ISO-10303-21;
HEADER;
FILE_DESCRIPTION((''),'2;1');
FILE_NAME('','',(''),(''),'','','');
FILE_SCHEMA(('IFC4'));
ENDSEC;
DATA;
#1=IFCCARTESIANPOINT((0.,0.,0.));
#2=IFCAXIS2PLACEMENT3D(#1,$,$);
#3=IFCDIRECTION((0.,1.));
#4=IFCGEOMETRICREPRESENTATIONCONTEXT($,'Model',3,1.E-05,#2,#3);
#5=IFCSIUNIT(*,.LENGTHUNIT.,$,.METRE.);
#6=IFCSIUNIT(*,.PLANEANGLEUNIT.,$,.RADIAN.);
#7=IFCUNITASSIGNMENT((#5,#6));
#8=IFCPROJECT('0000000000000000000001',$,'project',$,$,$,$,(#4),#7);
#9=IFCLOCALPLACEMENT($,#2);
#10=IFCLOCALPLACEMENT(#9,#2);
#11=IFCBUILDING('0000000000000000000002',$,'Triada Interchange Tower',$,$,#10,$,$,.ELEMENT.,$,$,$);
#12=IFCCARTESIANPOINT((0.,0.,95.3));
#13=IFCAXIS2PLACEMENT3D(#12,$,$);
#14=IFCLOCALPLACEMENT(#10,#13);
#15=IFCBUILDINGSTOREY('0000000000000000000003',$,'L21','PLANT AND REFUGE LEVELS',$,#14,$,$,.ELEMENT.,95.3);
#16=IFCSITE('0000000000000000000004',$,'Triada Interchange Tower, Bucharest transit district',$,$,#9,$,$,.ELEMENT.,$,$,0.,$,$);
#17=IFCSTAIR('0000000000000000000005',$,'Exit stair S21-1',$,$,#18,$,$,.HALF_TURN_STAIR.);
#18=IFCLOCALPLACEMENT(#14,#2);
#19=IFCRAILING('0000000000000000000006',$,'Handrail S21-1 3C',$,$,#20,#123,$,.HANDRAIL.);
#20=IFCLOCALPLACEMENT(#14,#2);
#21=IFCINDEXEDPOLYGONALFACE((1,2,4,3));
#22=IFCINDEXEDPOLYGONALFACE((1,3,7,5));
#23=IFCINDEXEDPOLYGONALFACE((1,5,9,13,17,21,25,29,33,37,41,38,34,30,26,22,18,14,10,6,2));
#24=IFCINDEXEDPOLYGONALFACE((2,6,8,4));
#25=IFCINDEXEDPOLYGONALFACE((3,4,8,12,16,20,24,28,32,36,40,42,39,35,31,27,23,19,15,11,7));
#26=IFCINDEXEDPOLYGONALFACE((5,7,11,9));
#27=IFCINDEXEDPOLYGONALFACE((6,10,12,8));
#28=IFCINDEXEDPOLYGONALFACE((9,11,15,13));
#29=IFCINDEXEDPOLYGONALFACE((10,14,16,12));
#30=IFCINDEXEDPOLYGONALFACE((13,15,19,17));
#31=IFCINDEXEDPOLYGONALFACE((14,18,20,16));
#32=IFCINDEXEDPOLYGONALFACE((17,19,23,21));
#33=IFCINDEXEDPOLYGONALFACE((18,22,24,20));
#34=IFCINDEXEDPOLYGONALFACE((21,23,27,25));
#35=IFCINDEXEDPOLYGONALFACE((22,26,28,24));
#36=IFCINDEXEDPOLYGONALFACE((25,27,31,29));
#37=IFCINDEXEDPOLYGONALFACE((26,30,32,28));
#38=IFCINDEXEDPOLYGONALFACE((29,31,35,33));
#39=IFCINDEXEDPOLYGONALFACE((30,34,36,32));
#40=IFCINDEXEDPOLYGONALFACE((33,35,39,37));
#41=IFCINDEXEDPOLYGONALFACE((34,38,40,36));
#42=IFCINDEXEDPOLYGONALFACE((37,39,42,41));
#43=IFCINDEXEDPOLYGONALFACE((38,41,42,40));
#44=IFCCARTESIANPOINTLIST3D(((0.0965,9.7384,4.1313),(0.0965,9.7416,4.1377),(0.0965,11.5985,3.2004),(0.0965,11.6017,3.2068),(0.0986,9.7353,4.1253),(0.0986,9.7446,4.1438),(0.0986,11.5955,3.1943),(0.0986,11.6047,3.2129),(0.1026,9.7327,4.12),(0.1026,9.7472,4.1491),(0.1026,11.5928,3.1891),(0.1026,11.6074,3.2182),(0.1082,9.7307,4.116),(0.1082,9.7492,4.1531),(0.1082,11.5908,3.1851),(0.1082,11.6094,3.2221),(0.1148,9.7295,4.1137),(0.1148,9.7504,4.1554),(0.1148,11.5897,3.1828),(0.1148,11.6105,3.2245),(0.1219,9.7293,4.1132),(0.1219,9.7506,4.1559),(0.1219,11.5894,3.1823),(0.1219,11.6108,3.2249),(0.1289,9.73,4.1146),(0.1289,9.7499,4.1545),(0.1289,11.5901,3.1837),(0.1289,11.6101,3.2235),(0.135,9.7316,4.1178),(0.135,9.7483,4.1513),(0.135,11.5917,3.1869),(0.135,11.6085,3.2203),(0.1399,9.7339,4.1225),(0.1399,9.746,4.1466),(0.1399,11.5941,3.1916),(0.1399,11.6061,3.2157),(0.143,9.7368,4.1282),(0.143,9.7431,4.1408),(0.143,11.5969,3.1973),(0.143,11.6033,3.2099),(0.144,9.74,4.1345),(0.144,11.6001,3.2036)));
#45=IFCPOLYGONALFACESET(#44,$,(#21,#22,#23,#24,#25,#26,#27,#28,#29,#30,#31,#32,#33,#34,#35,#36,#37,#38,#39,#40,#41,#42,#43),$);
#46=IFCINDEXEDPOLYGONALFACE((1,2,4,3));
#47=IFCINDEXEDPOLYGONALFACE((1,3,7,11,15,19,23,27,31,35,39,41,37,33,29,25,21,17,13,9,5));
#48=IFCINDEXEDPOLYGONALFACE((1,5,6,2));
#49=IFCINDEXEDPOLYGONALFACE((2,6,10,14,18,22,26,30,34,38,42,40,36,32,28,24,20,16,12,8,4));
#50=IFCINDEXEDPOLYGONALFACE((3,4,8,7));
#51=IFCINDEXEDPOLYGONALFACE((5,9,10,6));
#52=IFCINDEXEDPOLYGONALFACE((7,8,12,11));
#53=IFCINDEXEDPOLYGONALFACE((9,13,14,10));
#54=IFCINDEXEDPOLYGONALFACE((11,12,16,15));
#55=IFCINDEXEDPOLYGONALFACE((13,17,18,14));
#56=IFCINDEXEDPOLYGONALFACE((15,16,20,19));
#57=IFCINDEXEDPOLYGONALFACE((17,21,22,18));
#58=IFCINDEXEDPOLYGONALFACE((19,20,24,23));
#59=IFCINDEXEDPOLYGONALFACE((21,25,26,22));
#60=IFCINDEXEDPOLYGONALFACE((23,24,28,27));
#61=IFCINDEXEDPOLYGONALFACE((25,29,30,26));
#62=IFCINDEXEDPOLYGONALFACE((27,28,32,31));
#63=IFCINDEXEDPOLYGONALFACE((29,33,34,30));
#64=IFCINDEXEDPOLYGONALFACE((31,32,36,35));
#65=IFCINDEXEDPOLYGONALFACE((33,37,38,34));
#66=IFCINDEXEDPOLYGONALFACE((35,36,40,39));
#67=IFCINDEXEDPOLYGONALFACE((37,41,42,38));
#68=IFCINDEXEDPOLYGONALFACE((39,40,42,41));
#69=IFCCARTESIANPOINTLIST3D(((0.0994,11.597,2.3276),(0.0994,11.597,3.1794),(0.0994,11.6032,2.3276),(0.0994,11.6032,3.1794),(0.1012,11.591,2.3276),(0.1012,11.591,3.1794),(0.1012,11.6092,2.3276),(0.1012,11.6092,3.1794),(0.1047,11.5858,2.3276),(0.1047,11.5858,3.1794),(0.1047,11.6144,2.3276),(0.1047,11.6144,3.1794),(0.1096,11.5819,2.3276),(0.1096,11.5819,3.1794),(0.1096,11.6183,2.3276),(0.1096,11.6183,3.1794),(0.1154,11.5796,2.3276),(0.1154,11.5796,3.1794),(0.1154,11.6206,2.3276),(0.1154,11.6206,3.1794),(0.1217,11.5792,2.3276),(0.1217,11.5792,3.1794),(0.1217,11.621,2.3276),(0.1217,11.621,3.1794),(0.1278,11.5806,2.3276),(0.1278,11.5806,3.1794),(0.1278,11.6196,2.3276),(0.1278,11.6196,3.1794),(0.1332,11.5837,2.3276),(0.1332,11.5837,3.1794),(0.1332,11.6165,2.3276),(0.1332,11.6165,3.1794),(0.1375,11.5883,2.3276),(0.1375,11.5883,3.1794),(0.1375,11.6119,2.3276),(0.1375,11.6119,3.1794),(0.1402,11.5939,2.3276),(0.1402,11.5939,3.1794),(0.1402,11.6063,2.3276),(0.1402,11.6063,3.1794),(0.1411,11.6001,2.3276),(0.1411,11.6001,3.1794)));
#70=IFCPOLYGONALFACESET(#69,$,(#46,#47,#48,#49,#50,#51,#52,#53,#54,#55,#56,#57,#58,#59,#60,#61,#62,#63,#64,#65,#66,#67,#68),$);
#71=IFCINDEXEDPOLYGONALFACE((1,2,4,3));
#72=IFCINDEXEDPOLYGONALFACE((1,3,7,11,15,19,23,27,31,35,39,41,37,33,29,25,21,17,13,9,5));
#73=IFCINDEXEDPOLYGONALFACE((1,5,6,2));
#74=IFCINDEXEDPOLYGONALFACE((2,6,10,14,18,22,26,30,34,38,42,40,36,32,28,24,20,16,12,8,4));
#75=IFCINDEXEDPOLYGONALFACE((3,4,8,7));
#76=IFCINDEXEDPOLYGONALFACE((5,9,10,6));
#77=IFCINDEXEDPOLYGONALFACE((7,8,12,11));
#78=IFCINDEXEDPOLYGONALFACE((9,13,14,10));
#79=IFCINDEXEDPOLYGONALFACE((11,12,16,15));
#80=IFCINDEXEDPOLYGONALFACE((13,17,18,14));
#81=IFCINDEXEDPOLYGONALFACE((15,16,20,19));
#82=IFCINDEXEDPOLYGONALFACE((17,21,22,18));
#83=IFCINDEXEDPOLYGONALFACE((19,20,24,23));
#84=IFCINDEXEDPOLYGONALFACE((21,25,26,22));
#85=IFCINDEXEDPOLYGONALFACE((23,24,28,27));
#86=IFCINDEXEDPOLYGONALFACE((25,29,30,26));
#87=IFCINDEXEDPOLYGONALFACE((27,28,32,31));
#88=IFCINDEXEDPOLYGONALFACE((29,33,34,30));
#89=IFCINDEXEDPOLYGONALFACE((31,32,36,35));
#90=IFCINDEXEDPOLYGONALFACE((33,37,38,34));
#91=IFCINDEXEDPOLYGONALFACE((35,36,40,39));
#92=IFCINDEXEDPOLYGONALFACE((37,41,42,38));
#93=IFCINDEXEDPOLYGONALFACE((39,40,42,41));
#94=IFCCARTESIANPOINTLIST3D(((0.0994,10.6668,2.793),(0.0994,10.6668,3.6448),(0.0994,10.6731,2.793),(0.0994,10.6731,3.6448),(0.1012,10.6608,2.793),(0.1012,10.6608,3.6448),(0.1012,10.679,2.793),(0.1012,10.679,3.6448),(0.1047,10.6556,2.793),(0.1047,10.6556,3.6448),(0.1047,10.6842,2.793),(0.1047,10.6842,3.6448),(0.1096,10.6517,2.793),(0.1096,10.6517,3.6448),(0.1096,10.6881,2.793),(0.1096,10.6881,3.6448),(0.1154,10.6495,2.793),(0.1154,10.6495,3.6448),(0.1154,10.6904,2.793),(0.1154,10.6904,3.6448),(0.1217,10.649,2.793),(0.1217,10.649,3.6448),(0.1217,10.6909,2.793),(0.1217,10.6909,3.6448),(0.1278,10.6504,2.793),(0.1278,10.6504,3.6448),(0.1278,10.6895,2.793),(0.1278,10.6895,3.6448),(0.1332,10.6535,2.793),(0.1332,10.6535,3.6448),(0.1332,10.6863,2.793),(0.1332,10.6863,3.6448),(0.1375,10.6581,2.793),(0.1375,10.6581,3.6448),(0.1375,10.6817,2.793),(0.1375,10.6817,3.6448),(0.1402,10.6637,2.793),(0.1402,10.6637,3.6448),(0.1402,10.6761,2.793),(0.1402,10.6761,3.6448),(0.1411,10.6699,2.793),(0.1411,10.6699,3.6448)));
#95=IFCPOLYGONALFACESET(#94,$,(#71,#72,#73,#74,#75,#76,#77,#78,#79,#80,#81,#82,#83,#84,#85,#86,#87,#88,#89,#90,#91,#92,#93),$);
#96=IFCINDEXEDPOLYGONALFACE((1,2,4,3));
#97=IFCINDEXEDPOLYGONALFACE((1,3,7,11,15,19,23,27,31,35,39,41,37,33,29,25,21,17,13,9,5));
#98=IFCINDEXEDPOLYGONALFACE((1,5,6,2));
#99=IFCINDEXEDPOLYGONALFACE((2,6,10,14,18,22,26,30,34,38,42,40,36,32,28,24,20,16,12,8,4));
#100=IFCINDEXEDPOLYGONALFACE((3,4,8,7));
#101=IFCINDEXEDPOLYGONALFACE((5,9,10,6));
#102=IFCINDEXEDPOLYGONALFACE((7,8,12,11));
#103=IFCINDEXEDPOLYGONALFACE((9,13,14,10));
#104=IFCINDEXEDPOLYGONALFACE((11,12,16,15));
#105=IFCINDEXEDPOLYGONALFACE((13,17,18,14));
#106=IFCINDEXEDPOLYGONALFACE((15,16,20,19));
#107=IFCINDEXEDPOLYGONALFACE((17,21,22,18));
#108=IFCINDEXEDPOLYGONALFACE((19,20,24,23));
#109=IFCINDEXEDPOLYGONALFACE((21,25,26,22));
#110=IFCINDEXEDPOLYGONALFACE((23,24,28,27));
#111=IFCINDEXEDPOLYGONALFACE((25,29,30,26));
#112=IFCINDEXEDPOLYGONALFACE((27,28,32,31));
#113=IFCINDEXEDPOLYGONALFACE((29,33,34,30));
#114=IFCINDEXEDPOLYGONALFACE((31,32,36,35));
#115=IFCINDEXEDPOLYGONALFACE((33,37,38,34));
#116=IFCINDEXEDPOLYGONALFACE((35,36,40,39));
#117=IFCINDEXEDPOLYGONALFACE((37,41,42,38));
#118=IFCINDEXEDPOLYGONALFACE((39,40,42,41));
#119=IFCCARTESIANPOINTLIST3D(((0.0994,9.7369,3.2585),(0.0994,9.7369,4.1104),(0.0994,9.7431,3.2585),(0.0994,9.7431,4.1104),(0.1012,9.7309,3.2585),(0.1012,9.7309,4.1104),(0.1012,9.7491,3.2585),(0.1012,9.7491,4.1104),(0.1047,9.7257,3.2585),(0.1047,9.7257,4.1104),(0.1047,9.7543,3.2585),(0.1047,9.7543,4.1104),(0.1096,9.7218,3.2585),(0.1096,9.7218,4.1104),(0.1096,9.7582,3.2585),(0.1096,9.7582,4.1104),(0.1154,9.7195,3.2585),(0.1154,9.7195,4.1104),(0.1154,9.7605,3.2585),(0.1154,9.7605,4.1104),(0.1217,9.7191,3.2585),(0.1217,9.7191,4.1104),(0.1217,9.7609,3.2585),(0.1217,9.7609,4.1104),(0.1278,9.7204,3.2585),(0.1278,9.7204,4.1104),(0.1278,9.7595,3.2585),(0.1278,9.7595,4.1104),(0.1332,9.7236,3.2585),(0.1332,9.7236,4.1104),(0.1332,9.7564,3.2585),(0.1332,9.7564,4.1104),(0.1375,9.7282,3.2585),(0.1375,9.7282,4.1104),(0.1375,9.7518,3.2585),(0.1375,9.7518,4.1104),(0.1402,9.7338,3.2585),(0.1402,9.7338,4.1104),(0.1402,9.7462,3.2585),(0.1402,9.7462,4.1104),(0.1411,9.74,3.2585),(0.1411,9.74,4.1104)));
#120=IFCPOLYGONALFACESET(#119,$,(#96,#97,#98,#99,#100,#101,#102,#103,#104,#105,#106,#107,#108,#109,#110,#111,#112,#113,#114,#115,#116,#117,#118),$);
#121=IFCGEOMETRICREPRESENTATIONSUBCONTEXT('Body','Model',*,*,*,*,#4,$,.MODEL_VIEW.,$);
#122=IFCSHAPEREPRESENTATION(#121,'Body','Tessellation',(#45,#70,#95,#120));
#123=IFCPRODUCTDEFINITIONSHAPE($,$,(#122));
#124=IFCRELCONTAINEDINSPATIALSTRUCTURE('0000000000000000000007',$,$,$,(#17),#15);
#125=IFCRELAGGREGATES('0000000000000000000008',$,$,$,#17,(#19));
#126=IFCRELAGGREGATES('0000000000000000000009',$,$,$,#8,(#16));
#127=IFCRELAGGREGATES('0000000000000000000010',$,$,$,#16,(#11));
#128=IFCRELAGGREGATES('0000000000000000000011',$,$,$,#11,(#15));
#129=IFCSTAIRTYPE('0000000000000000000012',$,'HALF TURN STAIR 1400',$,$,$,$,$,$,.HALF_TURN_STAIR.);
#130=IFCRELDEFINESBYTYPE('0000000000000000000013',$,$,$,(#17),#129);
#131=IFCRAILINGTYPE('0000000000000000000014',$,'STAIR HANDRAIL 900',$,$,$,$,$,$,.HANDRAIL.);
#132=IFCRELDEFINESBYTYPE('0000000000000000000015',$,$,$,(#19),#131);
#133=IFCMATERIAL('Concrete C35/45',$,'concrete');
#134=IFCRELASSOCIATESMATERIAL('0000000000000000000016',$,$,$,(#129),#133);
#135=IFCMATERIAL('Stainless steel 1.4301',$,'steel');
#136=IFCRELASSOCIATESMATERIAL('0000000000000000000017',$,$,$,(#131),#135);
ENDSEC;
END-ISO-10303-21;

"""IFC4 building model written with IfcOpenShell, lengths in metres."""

from ifc_helpers import new_model, si_unit, direction, frame, origin, origin_2d, place, context, subcontext, project, spatial, circle, extrude, material, type_object, element, aggregate, save


model = new_model("IFC4")

# Units and contexts
model_context = context("Model", 3, precision=1e-05, world=origin(), true_north=direction((0.0, 1.0)))
body_context = subcontext(model_context, "Body", "Model", "MODEL_VIEW")
ifc_project = project(units=[si_unit("LENGTHUNIT", "METRE"), si_unit("PLANEANGLEUNIT", "RADIAN")], contexts=[model_context])

# Site, building, storey
site_placement = place(None, origin())
site = spatial("IfcSite", under=ifc_project, at=site_placement, Name="Triada Interchange Tower, Bucharest transit district", CompositionType="ELEMENT", RefElevation=0.0)
building_placement = place(site_placement, origin())
building = spatial("IfcBuilding", under=site, at=building_placement, Name="Triada Interchange Tower", CompositionType="ELEMENT")
storey_placement = place(building_placement, frame((0.0, 0.0, 95.3)))
storey = spatial("IfcBuildingStorey", under=building, at=storey_placement, Name="L21", Description="PLANT AND REFUGE LEVELS", CompositionType="ELEMENT", Elevation=95.3)

# Stair
ifc_material_1 = material(Name="Concrete C35/45", Category="concrete")
stair_type = type_object("IfcStairType", Name="HALF TURN STAIR 1400", PredefinedType="HALF_TURN_STAIR", material=ifc_material_1)
stair_1_placement = place(storey_placement, origin())
stair_1 = element("IfcStair", 1, at=stair_1_placement, inside=storey, type_object=stair_type, Name="Exit stair S21-1", PredefinedType="HALF_TURN_STAIR")

# Railing
ifc_material_2 = material(Name="Stainless steel 1.4301", Category="steel")
railing_type = type_object("IfcRailingType", Name="STAIR HANDRAIL 900", PredefinedType="HANDRAIL", material=ifc_material_2)
railing_1_placement = place(storey_placement, frame((0.1201, 11.6001, 2.3276)))
railing_1 = element("IfcRailing", 2, at=railing_1_placement, type_object=railing_type, Name="Handrail S21-1 3C", PredefinedType="HANDRAIL", context=body_context, shape_type="SweptSolid", body=[
    extrude(circle(Radius=0.0239, at=origin_2d()), frame((0.0, 0.0, 0.876), z_axis=(0.0, -0.894263, 0.447542), x_axis=(1.0, 0.0, 0.0)), (0.0, 0.0, 1.0), 2.0801),
    extrude(circle(Radius=0.021, at=origin_2d()), origin(), (0.0, 0.0, 1.0), 0.8518),
    extrude(circle(Radius=0.021, at=origin_2d()), frame((0.0, -0.9302, 0.4653)), (0.0, 0.0, 1.0), 0.8518),
    extrude(circle(Radius=0.021, at=origin_2d()), frame((0.0, -1.8601, 0.9309)), (0.0, 0.0, 1.0), 0.8518),
])
aggregate(stair_1, [railing_1])

save(model, "model.ifc")
